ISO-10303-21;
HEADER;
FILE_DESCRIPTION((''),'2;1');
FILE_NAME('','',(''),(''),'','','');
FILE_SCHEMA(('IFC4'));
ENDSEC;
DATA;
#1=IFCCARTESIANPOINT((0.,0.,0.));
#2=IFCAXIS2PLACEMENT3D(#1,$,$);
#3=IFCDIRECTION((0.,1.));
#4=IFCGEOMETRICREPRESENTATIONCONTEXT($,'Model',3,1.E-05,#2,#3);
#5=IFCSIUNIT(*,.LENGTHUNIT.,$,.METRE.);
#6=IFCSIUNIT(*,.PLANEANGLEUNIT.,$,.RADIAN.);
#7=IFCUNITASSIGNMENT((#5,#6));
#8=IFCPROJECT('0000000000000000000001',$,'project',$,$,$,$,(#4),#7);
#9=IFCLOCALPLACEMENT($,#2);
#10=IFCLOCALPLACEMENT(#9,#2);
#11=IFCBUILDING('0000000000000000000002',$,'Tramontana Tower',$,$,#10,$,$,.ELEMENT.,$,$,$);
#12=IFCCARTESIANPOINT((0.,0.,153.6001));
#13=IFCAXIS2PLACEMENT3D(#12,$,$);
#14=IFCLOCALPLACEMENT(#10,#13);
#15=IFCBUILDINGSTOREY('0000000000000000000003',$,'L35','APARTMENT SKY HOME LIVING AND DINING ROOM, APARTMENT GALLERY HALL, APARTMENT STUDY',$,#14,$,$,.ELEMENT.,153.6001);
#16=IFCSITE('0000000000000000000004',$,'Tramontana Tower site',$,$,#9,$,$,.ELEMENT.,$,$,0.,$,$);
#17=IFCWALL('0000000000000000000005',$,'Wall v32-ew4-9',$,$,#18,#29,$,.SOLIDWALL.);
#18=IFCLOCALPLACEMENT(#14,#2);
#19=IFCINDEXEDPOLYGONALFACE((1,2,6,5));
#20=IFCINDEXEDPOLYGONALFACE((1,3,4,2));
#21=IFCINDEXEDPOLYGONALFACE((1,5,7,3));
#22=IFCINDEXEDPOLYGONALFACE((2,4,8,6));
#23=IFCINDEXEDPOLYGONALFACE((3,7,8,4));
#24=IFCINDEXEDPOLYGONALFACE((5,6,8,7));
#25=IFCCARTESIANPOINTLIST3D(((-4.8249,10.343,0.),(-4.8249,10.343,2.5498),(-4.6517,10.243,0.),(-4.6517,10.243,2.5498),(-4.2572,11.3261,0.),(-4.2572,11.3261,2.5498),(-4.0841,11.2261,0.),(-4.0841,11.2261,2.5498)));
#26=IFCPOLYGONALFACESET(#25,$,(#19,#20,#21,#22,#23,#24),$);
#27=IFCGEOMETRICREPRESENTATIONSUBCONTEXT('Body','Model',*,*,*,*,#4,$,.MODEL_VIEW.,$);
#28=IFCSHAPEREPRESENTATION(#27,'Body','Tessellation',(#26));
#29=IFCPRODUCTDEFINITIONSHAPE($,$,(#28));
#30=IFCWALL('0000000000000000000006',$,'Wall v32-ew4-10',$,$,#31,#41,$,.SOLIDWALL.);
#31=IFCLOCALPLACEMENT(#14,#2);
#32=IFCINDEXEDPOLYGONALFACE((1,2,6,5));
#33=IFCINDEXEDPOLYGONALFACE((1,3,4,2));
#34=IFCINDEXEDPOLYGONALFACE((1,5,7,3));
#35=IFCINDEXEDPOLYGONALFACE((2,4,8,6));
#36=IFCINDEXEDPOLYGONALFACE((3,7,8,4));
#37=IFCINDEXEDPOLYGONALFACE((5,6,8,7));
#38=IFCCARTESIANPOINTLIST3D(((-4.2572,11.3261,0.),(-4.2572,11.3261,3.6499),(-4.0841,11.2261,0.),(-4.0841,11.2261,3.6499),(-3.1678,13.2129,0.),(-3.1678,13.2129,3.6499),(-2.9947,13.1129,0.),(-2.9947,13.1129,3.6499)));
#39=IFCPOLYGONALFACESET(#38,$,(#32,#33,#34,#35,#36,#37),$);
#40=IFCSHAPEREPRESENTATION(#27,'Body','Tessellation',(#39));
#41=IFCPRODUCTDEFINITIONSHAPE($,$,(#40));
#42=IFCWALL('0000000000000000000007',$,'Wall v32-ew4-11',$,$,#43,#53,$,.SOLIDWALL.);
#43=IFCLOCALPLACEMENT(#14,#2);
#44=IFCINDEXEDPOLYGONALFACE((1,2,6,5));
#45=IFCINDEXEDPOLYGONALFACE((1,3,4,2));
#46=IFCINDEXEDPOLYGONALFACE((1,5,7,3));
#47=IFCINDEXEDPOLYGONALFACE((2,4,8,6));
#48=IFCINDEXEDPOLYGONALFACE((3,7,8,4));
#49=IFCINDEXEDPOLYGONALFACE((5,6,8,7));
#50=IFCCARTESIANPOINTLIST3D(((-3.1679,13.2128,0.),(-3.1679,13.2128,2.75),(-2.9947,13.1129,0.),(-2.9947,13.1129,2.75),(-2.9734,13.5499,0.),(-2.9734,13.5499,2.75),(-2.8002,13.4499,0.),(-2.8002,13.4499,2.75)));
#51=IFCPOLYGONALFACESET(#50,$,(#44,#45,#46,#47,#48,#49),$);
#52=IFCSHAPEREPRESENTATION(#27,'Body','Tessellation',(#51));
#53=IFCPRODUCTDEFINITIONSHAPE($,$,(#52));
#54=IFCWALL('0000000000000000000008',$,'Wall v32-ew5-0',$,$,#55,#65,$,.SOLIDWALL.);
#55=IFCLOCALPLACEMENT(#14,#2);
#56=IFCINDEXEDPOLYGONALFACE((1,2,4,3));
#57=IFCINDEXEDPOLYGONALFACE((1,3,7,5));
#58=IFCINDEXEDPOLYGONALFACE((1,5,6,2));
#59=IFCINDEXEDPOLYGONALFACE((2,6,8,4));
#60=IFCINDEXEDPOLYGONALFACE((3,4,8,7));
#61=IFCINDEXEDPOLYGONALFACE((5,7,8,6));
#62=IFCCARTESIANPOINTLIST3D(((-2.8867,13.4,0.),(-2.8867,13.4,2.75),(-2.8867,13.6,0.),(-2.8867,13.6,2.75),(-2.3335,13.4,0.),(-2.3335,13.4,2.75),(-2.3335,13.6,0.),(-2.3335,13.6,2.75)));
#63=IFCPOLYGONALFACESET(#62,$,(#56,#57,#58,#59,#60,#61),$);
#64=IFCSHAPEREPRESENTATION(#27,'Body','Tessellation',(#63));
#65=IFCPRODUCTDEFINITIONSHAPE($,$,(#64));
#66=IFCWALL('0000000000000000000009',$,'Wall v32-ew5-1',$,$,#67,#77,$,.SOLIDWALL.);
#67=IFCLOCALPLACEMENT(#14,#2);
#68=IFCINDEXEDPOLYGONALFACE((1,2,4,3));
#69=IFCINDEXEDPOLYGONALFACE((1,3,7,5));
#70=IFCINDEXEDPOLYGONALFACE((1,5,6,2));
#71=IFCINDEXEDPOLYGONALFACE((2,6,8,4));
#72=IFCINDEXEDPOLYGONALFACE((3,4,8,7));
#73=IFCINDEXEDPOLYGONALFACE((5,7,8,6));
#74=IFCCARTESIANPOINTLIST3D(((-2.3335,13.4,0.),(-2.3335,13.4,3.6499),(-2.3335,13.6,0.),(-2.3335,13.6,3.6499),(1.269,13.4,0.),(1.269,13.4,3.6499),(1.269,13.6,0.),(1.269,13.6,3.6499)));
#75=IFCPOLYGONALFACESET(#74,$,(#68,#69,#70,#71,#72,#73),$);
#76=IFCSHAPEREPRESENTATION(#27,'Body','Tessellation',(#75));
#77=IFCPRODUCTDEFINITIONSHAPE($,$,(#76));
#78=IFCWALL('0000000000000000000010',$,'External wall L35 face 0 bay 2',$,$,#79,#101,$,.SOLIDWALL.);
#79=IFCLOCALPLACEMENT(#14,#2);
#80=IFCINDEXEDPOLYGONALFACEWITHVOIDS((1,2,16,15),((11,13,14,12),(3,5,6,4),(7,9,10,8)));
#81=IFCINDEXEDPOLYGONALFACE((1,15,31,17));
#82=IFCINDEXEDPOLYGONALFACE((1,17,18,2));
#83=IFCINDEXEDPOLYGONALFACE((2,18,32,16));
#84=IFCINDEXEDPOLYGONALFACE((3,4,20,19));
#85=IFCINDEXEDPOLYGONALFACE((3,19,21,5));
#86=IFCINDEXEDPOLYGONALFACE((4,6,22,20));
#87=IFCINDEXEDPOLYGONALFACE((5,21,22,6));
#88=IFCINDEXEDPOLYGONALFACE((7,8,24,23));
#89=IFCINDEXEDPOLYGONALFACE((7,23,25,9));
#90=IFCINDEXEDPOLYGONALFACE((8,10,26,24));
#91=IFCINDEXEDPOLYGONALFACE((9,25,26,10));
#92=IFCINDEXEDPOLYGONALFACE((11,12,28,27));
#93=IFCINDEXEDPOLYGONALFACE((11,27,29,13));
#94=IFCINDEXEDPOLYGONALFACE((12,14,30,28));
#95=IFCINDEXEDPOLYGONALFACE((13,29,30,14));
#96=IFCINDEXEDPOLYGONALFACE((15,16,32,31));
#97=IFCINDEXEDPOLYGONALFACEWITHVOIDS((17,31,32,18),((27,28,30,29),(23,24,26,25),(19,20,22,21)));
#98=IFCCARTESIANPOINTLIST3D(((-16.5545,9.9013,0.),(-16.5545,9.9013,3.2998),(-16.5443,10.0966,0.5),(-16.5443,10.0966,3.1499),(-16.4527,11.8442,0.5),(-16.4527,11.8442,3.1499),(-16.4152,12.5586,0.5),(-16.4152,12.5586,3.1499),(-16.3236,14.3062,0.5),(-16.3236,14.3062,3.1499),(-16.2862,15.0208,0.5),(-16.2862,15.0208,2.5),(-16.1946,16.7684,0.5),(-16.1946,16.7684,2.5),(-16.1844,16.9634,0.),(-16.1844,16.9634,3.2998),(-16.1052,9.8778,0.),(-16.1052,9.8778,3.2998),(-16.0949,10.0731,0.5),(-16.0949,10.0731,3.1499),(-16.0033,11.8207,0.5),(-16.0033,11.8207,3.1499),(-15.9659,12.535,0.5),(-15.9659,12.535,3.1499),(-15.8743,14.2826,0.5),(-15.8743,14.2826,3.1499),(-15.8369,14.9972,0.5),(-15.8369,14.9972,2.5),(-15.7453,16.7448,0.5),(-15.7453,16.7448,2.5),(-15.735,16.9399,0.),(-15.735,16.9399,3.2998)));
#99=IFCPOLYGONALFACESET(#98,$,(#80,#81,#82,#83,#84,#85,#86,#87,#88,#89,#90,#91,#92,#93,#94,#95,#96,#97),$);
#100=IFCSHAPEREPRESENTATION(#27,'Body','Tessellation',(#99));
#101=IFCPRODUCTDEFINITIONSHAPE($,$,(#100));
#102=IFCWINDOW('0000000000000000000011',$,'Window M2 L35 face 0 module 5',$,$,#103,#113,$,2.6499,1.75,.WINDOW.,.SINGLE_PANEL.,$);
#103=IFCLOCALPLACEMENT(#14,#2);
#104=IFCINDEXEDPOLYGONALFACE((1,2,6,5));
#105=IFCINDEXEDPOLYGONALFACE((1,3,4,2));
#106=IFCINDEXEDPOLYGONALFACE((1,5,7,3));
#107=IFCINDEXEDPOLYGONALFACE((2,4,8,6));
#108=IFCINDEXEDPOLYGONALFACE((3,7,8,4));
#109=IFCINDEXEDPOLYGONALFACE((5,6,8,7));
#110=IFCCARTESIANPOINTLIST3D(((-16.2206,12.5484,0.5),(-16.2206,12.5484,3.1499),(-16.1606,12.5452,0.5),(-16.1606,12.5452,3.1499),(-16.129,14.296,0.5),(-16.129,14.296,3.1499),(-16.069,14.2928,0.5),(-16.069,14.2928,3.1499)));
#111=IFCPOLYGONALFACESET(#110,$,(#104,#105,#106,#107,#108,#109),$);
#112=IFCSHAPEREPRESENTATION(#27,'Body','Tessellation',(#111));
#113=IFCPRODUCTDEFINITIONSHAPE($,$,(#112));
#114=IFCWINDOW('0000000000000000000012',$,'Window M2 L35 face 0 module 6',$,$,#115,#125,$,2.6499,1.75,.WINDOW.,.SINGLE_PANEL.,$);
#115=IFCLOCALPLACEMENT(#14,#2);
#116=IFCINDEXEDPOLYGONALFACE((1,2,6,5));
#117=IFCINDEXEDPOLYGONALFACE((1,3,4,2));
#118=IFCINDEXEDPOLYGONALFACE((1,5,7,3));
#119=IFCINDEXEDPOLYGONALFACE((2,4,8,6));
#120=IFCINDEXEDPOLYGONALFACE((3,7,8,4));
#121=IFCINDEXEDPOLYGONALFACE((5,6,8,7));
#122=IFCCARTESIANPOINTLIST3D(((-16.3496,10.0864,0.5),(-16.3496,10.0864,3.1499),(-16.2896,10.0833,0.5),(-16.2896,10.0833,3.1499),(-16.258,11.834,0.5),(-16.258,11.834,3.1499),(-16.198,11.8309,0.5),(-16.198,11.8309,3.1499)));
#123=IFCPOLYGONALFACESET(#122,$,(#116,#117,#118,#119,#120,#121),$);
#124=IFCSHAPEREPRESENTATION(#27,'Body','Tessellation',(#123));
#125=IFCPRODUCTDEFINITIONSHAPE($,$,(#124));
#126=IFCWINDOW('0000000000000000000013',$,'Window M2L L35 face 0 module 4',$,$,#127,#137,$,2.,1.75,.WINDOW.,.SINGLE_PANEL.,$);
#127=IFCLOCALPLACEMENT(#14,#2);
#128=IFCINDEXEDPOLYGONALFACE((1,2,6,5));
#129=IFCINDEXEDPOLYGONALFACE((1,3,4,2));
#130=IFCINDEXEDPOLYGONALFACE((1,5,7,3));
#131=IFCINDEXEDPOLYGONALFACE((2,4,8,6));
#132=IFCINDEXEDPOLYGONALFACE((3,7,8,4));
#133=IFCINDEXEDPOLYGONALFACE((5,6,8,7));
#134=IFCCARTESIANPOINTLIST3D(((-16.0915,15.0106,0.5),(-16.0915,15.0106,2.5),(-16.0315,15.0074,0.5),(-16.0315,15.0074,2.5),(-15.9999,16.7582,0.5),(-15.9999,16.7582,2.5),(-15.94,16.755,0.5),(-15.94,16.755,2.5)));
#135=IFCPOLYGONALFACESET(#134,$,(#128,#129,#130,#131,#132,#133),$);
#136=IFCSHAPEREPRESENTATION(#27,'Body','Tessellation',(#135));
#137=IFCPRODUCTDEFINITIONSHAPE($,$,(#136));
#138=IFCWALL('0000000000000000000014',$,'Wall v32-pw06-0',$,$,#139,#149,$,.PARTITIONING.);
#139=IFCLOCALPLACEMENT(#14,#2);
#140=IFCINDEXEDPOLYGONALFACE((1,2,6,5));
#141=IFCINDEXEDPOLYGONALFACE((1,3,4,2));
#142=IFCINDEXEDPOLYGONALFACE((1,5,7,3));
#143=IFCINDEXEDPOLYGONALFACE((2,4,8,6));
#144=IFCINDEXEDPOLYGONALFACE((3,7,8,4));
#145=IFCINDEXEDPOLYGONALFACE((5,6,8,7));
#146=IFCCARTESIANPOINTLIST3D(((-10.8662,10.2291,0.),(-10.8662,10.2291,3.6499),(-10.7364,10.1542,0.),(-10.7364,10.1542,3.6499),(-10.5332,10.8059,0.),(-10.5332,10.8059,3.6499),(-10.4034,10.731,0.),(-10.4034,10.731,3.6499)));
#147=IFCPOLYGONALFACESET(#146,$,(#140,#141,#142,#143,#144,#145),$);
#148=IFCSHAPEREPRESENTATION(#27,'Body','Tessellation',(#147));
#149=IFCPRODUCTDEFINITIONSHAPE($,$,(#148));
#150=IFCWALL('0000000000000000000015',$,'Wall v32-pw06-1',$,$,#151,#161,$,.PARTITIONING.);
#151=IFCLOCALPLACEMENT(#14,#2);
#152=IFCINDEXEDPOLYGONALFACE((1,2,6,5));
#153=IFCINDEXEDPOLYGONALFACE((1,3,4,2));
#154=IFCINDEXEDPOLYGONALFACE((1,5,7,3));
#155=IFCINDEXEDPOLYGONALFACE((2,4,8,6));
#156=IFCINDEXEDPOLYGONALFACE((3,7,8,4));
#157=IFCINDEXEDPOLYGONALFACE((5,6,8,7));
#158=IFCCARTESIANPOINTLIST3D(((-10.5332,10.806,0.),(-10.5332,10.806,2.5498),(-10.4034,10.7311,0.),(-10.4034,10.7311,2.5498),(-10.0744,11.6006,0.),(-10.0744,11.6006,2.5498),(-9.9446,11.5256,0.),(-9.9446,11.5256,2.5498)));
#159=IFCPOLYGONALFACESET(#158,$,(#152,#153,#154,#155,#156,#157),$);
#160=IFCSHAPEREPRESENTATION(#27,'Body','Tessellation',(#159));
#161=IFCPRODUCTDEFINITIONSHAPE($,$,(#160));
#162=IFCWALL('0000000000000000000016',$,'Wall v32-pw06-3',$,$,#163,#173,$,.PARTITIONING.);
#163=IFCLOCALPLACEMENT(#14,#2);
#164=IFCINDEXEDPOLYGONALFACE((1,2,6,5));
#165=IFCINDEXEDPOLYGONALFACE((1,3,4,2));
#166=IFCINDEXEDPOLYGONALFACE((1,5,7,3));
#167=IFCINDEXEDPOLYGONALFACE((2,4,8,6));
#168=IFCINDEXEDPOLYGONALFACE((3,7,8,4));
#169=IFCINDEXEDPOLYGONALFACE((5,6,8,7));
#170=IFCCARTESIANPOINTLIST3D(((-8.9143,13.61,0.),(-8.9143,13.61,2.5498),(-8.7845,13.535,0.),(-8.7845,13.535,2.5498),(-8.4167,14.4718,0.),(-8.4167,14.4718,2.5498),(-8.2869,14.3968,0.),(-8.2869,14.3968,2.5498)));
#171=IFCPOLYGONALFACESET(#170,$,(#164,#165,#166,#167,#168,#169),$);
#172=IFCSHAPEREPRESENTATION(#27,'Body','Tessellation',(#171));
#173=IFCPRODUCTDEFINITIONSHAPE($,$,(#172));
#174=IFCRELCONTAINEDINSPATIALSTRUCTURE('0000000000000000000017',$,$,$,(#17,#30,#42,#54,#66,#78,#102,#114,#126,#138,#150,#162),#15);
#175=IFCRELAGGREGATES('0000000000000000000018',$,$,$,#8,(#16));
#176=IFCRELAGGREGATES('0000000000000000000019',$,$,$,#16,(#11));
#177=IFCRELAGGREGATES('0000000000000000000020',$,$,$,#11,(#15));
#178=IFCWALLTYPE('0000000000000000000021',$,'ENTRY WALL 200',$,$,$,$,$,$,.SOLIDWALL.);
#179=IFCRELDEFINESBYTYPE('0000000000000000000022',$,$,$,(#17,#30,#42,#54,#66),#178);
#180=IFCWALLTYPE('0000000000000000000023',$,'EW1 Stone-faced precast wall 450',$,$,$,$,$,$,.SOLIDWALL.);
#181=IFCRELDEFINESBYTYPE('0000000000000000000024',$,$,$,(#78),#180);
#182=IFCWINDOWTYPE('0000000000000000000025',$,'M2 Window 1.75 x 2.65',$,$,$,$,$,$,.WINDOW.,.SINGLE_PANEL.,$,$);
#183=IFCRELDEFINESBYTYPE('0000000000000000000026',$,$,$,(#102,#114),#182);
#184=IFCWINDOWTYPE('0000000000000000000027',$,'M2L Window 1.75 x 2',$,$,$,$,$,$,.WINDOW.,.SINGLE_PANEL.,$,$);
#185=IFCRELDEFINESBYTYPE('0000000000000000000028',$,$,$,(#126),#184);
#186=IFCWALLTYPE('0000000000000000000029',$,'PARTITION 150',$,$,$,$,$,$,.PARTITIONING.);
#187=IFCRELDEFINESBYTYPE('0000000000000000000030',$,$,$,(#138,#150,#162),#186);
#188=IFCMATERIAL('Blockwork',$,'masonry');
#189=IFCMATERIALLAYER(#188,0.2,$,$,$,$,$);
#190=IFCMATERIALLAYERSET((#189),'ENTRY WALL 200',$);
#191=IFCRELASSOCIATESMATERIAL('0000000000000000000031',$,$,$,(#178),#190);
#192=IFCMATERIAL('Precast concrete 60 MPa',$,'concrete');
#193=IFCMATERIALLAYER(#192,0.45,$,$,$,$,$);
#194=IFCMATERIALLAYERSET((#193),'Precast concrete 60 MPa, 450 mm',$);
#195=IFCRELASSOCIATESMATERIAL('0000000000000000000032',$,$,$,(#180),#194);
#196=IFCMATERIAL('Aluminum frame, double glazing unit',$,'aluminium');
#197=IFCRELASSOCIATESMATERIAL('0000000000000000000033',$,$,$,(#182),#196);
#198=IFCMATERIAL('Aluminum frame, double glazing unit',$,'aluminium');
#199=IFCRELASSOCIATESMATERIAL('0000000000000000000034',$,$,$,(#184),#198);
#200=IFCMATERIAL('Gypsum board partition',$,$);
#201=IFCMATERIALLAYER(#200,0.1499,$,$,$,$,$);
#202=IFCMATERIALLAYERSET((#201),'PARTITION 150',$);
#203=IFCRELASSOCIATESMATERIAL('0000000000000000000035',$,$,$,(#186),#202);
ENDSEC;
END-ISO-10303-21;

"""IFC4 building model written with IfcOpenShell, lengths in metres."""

from ifc_helpers import new_model, si_unit, direction, frame, frame_2d, origin, place, context, subcontext, project, spatial, rectangle, extrude, material, layer, layer_set, type_object, element, fill, save


model = new_model("IFC4")

# Units and contexts
model_context = context("Model", 3, precision=1e-05, world=origin(), true_north=direction((0.0, 1.0)))
body_context = subcontext(model_context, "Body", "Model", "MODEL_VIEW")
ifc_project = project(units=[si_unit("LENGTHUNIT", "METRE"), si_unit("PLANEANGLEUNIT", "RADIAN")], contexts=[model_context])

# Site, building, storey
site_placement = place(None, origin())
site = spatial("IfcSite", under=ifc_project, at=site_placement, Name="Tramontana Tower site", CompositionType="ELEMENT", RefElevation=0.0)
building_placement = place(site_placement, origin())
building = spatial("IfcBuilding", under=site, at=building_placement, Name="Tramontana Tower", CompositionType="ELEMENT")
storey_placement = place(building_placement, frame((0.0, 0.0, 153.6001)))
storey = spatial("IfcBuildingStorey", under=building, at=storey_placement, Name="L35", Description="APARTMENT SKY HOME LIVING AND DINING ROOM, APARTMENT GALLERY HALL, APARTMENT STUDY", CompositionType="ELEMENT", Elevation=153.6001)

# Walls
ifc_material_1 = material(Name="Blockwork", Category="masonry")
ifc_layer_1 = layer(ifc_material_1, 0.2)
ifc_layer_set_1 = layer_set([ifc_layer_1], Name="ENTRY WALL 200")
wall_type_1 = type_object("IfcWallType", Name="ENTRY WALL 200", PredefinedType="SOLIDWALL", material=ifc_layer_set_1)
wall_1_placement = place(storey_placement, frame((-4.7383, 10.293, 0.0), z_axis=(0.0, 0.0, 1.0), x_axis=(0.500002, 0.866024, 0.0)))
element("IfcWall", 1, at=wall_1_placement, inside=storey, type_object=wall_type_1, Name="Wall v32-ew4-9", PredefinedType="SOLIDWALL", context=body_context, shape_type="SweptSolid", body=[
    extrude(rectangle(XDim=1.1353, YDim=0.2, at=frame_2d((0.5676, 0.0))), origin(), (0.0, 0.0, 1.0), 2.5498),
])
wall_2_placement = place(storey_placement, frame((-4.1707, 11.2761, 0.0), z_axis=(0.0, 0.0, 1.0), x_axis=(0.50002, 0.866014, 0.0)))
element("IfcWall", 2, at=wall_2_placement, inside=storey, type_object=wall_type_1, Name="Wall v32-ew4-10", PredefinedType="SOLIDWALL", context=body_context, shape_type="SweptSolid", body=[
    extrude(rectangle(XDim=2.1787, YDim=0.2, at=frame_2d((1.0894, 0.0))), origin(), (0.0, 0.0, 1.0), 3.6499),
])
wall_3_placement = place(storey_placement, frame((-3.0813, 13.1628, 0.0), z_axis=(0.0, 0.0, 1.0), x_axis=(0.499849, 0.866112, 0.0)))
element("IfcWall", 3, at=wall_3_placement, inside=storey, type_object=wall_type_1, Name="Wall v32-ew4-11", PredefinedType="SOLIDWALL", context=body_context, shape_type="SweptSolid", body=[
    extrude(rectangle(XDim=0.3892, YDim=0.2, at=frame_2d((0.1946, 0.0))), origin(), (0.0, 0.0, 1.0), 2.75),
])
wall_4_placement = place(storey_placement, frame((-2.8867, 13.5, 0.0), z_axis=(0.0, 0.0, 1.0), x_axis=(1.0, 0.0, 0.0)))
element("IfcWall", 4, at=wall_4_placement, inside=storey, type_object=wall_type_1, Name="Wall v32-ew5-0", PredefinedType="SOLIDWALL", context=body_context, shape_type="SweptSolid", body=[
    extrude(rectangle(XDim=0.5532, YDim=0.2, at=frame_2d((0.2766, 0.0))), origin(), (0.0, 0.0, 1.0), 2.75),
])
wall_5_placement = place(storey_placement, frame((-2.3335, 13.5, 0.0), z_axis=(0.0, 0.0, 1.0), x_axis=(1.0, 0.0, 0.0)))
element("IfcWall", 5, at=wall_5_placement, inside=storey, type_object=wall_type_1, Name="Wall v32-ew5-1", PredefinedType="SOLIDWALL", context=body_context, shape_type="SweptSolid", body=[
    extrude(rectangle(XDim=3.6025, YDim=0.2, at=frame_2d((1.8013, 0.0))), origin(), (0.0, 0.0, 1.0), 3.6499),
])

# Wall, openings, windows
ifc_material_2 = material(Name="Precast concrete 60 MPa", Category="concrete")
ifc_layer_2 = layer(ifc_material_2, 0.45)
ifc_layer_set_2 = layer_set([ifc_layer_2], Name="Precast concrete 60 MPa, 450 mm")
wall_type_2 = type_object("IfcWallType", Name="EW1 Stone-faced precast wall 450", PredefinedType="SOLIDWALL", material=ifc_layer_set_2)
wall_6_placement = place(storey_placement, frame((-15.9597, 16.9517, 0.0), z_axis=(0.0, 0.0, 1.0), x_axis=(-0.052338, -0.998629, 0.0)))
wall_6 = element("IfcWall", 6, at=wall_6_placement, inside=storey, type_object=wall_type_2, Name="External wall L35 face 0 bay 2", PredefinedType="SOLIDWALL", context=body_context, shape_type="SweptSolid", body=[
    extrude(rectangle(XDim=7.0718, YDim=0.45, at=frame_2d((3.5359, 0.0))), origin(), (0.0, 0.0, 1.0), 3.2998),
])
opening_1_placement = place(wall_6_placement, frame((0.1953, 0.0, 0.5)))
opening_1 = element("IfcOpeningElement", 7, at=opening_1_placement, cuts=wall_6, PredefinedType="OPENING", context=body_context, shape_type="SweptSolid", body=[
    extrude(rectangle(XDim=1.75, YDim=2.0, at=frame_2d((0.875, 1.0))), frame((0.0, 0.2349, 0.0), z_axis=(0.0, -1.0, 0.0), x_axis=(1.0, 0.0, 0.0)), (0.0, 0.0, 1.0), 0.47),
])
opening_2_placement = place(wall_6_placement, frame((2.6609, 0.0, 0.5)))
opening_2 = element("IfcOpeningElement", 8, at=opening_2_placement, cuts=wall_6, PredefinedType="OPENING", context=body_context, shape_type="SweptSolid", body=[
    extrude(rectangle(XDim=1.75, YDim=2.6499, at=frame_2d((0.875, 1.325))), frame((0.0, 0.2349, 0.0), z_axis=(0.0, -1.0, 0.0), x_axis=(1.0, 0.0, 0.0)), (0.0, 0.0, 1.0), 0.47),
])
opening_3_placement = place(wall_6_placement, frame((5.1262, 0.0, 0.5)))
opening_3 = element("IfcOpeningElement", 9, at=opening_3_placement, cuts=wall_6, PredefinedType="OPENING", context=body_context, shape_type="SweptSolid", body=[
    extrude(rectangle(XDim=1.75, YDim=2.6499, at=frame_2d((0.875, 1.325))), frame((0.0, 0.2349, 0.0), z_axis=(0.0, -1.0, 0.0), x_axis=(1.0, 0.0, 0.0)), (0.0, 0.0, 1.0), 0.47),
])
ifc_material_3 = material(Name="Aluminum frame, double glazing unit", Category="aluminium")
window_type_1 = type_object("IfcWindowType", Name="M2 Window 1.75 x 2.65", PartitioningType="SINGLE_PANEL", PredefinedType="WINDOW", material=ifc_material_3)
window_1_placement = place(opening_2_placement, origin())
window_1 = element("IfcWindow", 10, at=window_1_placement, inside=storey, type_object=window_type_1, Name="Window M2 L35 face 0 module 5", OverallHeight=2.6499, OverallWidth=1.75, PartitioningType="SINGLE_PANEL", PredefinedType="WINDOW", context=body_context, shape_type="SweptSolid", body=[
    extrude(rectangle(XDim=1.75, YDim=2.6499, at=frame_2d((0.875, 1.325))), frame((0.0, 0.03, 0.0), z_axis=(0.0, -1.0, 0.0), x_axis=(1.0, 0.0, 0.0)), (0.0, 0.0, 1.0), 0.0601),
])
fill(opening_2, window_1)
window_2_placement = place(opening_3_placement, origin())
window_2 = element("IfcWindow", 11, at=window_2_placement, inside=storey, type_object=window_type_1, Name="Window M2 L35 face 0 module 6", OverallHeight=2.6499, OverallWidth=1.75, PartitioningType="SINGLE_PANEL", PredefinedType="WINDOW", context=body_context, shape_type="SweptSolid", body=[
    extrude(rectangle(XDim=1.75, YDim=2.6499, at=frame_2d((0.875, 1.325))), frame((0.0, 0.03, 0.0), z_axis=(0.0, -1.0, 0.0), x_axis=(1.0, 0.0, 0.0)), (0.0, 0.0, 1.0), 0.0601),
])
fill(opening_3, window_2)
ifc_material_4 = material(Name="Aluminum frame, double glazing unit", Category="aluminium")
window_type_2 = type_object("IfcWindowType", Name="M2L Window 1.75 x 2", PartitioningType="SINGLE_PANEL", PredefinedType="WINDOW", material=ifc_material_4)
window_3_placement = place(opening_1_placement, origin())
window_3 = element("IfcWindow", 12, at=window_3_placement, inside=storey, type_object=window_type_2, Name="Window M2L L35 face 0 module 4", OverallHeight=2.0, OverallWidth=1.75, PartitioningType="SINGLE_PANEL", PredefinedType="WINDOW", context=body_context, shape_type="SweptSolid", body=[
    extrude(rectangle(XDim=1.75, YDim=2.0, at=frame_2d((0.875, 1.0))), frame((0.0, 0.03, 0.0), z_axis=(0.0, -1.0, 0.0), x_axis=(1.0, 0.0, 0.0)), (0.0, 0.0, 1.0), 0.0601),
])
fill(opening_1, window_3)

# Walls
ifc_material_5 = material(Name="Gypsum board partition")
ifc_layer_3 = layer(ifc_material_5, 0.1499)
ifc_layer_set_3 = layer_set([ifc_layer_3], Name="PARTITION 150")
wall_type_3 = type_object("IfcWallType", Name="PARTITION 150", PredefinedType="PARTITIONING", material=ifc_layer_set_3)
wall_7_placement = place(storey_placement, frame((-10.8013, 10.1917, 0.0), z_axis=(0.0, 0.0, 1.0), x_axis=(0.499923, 0.86607, 0.0)))
element("IfcWall", 13, at=wall_7_placement, inside=storey, type_object=wall_type_3, Name="Wall v32-pw06-0", PredefinedType="PARTITIONING", context=body_context, shape_type="SweptSolid", body=[
    extrude(rectangle(XDim=0.666, YDim=0.1499, at=frame_2d((0.333, 0.0))), origin(), (0.0, 0.0, 1.0), 3.6499),
])
wall_8_placement = place(storey_placement, frame((-10.4683, 10.7686, 0.0), z_axis=(0.0, 0.0, 1.0), x_axis=(0.50006, 0.865991, 0.0)))
element("IfcWall", 14, at=wall_8_placement, inside=storey, type_object=wall_type_3, Name="Wall v32-pw06-1", PredefinedType="PARTITIONING", context=body_context, shape_type="SweptSolid", body=[
    extrude(rectangle(XDim=0.9175, YDim=0.1499, at=frame_2d((0.4587, 0.0))), origin(), (0.0, 0.0, 1.0), 2.5498),
])

# Wall
wall_9_placement = place(storey_placement, frame((-8.8494, 13.5725, 0.0), z_axis=(0.0, 0.0, 1.0), x_axis=(0.499991, 0.86603, 0.0)))
element("IfcWall", 15, at=wall_9_placement, inside=storey, type_object=wall_type_3, Name="Wall v32-pw06-3", PredefinedType="PARTITIONING", context=body_context, shape_type="SweptSolid", body=[
    extrude(rectangle(XDim=0.9951, YDim=0.1499, at=frame_2d((0.4976, 0.0))), origin(), (0.0, 0.0, 1.0), 2.5498),
])

save(model, "model.ifc")
